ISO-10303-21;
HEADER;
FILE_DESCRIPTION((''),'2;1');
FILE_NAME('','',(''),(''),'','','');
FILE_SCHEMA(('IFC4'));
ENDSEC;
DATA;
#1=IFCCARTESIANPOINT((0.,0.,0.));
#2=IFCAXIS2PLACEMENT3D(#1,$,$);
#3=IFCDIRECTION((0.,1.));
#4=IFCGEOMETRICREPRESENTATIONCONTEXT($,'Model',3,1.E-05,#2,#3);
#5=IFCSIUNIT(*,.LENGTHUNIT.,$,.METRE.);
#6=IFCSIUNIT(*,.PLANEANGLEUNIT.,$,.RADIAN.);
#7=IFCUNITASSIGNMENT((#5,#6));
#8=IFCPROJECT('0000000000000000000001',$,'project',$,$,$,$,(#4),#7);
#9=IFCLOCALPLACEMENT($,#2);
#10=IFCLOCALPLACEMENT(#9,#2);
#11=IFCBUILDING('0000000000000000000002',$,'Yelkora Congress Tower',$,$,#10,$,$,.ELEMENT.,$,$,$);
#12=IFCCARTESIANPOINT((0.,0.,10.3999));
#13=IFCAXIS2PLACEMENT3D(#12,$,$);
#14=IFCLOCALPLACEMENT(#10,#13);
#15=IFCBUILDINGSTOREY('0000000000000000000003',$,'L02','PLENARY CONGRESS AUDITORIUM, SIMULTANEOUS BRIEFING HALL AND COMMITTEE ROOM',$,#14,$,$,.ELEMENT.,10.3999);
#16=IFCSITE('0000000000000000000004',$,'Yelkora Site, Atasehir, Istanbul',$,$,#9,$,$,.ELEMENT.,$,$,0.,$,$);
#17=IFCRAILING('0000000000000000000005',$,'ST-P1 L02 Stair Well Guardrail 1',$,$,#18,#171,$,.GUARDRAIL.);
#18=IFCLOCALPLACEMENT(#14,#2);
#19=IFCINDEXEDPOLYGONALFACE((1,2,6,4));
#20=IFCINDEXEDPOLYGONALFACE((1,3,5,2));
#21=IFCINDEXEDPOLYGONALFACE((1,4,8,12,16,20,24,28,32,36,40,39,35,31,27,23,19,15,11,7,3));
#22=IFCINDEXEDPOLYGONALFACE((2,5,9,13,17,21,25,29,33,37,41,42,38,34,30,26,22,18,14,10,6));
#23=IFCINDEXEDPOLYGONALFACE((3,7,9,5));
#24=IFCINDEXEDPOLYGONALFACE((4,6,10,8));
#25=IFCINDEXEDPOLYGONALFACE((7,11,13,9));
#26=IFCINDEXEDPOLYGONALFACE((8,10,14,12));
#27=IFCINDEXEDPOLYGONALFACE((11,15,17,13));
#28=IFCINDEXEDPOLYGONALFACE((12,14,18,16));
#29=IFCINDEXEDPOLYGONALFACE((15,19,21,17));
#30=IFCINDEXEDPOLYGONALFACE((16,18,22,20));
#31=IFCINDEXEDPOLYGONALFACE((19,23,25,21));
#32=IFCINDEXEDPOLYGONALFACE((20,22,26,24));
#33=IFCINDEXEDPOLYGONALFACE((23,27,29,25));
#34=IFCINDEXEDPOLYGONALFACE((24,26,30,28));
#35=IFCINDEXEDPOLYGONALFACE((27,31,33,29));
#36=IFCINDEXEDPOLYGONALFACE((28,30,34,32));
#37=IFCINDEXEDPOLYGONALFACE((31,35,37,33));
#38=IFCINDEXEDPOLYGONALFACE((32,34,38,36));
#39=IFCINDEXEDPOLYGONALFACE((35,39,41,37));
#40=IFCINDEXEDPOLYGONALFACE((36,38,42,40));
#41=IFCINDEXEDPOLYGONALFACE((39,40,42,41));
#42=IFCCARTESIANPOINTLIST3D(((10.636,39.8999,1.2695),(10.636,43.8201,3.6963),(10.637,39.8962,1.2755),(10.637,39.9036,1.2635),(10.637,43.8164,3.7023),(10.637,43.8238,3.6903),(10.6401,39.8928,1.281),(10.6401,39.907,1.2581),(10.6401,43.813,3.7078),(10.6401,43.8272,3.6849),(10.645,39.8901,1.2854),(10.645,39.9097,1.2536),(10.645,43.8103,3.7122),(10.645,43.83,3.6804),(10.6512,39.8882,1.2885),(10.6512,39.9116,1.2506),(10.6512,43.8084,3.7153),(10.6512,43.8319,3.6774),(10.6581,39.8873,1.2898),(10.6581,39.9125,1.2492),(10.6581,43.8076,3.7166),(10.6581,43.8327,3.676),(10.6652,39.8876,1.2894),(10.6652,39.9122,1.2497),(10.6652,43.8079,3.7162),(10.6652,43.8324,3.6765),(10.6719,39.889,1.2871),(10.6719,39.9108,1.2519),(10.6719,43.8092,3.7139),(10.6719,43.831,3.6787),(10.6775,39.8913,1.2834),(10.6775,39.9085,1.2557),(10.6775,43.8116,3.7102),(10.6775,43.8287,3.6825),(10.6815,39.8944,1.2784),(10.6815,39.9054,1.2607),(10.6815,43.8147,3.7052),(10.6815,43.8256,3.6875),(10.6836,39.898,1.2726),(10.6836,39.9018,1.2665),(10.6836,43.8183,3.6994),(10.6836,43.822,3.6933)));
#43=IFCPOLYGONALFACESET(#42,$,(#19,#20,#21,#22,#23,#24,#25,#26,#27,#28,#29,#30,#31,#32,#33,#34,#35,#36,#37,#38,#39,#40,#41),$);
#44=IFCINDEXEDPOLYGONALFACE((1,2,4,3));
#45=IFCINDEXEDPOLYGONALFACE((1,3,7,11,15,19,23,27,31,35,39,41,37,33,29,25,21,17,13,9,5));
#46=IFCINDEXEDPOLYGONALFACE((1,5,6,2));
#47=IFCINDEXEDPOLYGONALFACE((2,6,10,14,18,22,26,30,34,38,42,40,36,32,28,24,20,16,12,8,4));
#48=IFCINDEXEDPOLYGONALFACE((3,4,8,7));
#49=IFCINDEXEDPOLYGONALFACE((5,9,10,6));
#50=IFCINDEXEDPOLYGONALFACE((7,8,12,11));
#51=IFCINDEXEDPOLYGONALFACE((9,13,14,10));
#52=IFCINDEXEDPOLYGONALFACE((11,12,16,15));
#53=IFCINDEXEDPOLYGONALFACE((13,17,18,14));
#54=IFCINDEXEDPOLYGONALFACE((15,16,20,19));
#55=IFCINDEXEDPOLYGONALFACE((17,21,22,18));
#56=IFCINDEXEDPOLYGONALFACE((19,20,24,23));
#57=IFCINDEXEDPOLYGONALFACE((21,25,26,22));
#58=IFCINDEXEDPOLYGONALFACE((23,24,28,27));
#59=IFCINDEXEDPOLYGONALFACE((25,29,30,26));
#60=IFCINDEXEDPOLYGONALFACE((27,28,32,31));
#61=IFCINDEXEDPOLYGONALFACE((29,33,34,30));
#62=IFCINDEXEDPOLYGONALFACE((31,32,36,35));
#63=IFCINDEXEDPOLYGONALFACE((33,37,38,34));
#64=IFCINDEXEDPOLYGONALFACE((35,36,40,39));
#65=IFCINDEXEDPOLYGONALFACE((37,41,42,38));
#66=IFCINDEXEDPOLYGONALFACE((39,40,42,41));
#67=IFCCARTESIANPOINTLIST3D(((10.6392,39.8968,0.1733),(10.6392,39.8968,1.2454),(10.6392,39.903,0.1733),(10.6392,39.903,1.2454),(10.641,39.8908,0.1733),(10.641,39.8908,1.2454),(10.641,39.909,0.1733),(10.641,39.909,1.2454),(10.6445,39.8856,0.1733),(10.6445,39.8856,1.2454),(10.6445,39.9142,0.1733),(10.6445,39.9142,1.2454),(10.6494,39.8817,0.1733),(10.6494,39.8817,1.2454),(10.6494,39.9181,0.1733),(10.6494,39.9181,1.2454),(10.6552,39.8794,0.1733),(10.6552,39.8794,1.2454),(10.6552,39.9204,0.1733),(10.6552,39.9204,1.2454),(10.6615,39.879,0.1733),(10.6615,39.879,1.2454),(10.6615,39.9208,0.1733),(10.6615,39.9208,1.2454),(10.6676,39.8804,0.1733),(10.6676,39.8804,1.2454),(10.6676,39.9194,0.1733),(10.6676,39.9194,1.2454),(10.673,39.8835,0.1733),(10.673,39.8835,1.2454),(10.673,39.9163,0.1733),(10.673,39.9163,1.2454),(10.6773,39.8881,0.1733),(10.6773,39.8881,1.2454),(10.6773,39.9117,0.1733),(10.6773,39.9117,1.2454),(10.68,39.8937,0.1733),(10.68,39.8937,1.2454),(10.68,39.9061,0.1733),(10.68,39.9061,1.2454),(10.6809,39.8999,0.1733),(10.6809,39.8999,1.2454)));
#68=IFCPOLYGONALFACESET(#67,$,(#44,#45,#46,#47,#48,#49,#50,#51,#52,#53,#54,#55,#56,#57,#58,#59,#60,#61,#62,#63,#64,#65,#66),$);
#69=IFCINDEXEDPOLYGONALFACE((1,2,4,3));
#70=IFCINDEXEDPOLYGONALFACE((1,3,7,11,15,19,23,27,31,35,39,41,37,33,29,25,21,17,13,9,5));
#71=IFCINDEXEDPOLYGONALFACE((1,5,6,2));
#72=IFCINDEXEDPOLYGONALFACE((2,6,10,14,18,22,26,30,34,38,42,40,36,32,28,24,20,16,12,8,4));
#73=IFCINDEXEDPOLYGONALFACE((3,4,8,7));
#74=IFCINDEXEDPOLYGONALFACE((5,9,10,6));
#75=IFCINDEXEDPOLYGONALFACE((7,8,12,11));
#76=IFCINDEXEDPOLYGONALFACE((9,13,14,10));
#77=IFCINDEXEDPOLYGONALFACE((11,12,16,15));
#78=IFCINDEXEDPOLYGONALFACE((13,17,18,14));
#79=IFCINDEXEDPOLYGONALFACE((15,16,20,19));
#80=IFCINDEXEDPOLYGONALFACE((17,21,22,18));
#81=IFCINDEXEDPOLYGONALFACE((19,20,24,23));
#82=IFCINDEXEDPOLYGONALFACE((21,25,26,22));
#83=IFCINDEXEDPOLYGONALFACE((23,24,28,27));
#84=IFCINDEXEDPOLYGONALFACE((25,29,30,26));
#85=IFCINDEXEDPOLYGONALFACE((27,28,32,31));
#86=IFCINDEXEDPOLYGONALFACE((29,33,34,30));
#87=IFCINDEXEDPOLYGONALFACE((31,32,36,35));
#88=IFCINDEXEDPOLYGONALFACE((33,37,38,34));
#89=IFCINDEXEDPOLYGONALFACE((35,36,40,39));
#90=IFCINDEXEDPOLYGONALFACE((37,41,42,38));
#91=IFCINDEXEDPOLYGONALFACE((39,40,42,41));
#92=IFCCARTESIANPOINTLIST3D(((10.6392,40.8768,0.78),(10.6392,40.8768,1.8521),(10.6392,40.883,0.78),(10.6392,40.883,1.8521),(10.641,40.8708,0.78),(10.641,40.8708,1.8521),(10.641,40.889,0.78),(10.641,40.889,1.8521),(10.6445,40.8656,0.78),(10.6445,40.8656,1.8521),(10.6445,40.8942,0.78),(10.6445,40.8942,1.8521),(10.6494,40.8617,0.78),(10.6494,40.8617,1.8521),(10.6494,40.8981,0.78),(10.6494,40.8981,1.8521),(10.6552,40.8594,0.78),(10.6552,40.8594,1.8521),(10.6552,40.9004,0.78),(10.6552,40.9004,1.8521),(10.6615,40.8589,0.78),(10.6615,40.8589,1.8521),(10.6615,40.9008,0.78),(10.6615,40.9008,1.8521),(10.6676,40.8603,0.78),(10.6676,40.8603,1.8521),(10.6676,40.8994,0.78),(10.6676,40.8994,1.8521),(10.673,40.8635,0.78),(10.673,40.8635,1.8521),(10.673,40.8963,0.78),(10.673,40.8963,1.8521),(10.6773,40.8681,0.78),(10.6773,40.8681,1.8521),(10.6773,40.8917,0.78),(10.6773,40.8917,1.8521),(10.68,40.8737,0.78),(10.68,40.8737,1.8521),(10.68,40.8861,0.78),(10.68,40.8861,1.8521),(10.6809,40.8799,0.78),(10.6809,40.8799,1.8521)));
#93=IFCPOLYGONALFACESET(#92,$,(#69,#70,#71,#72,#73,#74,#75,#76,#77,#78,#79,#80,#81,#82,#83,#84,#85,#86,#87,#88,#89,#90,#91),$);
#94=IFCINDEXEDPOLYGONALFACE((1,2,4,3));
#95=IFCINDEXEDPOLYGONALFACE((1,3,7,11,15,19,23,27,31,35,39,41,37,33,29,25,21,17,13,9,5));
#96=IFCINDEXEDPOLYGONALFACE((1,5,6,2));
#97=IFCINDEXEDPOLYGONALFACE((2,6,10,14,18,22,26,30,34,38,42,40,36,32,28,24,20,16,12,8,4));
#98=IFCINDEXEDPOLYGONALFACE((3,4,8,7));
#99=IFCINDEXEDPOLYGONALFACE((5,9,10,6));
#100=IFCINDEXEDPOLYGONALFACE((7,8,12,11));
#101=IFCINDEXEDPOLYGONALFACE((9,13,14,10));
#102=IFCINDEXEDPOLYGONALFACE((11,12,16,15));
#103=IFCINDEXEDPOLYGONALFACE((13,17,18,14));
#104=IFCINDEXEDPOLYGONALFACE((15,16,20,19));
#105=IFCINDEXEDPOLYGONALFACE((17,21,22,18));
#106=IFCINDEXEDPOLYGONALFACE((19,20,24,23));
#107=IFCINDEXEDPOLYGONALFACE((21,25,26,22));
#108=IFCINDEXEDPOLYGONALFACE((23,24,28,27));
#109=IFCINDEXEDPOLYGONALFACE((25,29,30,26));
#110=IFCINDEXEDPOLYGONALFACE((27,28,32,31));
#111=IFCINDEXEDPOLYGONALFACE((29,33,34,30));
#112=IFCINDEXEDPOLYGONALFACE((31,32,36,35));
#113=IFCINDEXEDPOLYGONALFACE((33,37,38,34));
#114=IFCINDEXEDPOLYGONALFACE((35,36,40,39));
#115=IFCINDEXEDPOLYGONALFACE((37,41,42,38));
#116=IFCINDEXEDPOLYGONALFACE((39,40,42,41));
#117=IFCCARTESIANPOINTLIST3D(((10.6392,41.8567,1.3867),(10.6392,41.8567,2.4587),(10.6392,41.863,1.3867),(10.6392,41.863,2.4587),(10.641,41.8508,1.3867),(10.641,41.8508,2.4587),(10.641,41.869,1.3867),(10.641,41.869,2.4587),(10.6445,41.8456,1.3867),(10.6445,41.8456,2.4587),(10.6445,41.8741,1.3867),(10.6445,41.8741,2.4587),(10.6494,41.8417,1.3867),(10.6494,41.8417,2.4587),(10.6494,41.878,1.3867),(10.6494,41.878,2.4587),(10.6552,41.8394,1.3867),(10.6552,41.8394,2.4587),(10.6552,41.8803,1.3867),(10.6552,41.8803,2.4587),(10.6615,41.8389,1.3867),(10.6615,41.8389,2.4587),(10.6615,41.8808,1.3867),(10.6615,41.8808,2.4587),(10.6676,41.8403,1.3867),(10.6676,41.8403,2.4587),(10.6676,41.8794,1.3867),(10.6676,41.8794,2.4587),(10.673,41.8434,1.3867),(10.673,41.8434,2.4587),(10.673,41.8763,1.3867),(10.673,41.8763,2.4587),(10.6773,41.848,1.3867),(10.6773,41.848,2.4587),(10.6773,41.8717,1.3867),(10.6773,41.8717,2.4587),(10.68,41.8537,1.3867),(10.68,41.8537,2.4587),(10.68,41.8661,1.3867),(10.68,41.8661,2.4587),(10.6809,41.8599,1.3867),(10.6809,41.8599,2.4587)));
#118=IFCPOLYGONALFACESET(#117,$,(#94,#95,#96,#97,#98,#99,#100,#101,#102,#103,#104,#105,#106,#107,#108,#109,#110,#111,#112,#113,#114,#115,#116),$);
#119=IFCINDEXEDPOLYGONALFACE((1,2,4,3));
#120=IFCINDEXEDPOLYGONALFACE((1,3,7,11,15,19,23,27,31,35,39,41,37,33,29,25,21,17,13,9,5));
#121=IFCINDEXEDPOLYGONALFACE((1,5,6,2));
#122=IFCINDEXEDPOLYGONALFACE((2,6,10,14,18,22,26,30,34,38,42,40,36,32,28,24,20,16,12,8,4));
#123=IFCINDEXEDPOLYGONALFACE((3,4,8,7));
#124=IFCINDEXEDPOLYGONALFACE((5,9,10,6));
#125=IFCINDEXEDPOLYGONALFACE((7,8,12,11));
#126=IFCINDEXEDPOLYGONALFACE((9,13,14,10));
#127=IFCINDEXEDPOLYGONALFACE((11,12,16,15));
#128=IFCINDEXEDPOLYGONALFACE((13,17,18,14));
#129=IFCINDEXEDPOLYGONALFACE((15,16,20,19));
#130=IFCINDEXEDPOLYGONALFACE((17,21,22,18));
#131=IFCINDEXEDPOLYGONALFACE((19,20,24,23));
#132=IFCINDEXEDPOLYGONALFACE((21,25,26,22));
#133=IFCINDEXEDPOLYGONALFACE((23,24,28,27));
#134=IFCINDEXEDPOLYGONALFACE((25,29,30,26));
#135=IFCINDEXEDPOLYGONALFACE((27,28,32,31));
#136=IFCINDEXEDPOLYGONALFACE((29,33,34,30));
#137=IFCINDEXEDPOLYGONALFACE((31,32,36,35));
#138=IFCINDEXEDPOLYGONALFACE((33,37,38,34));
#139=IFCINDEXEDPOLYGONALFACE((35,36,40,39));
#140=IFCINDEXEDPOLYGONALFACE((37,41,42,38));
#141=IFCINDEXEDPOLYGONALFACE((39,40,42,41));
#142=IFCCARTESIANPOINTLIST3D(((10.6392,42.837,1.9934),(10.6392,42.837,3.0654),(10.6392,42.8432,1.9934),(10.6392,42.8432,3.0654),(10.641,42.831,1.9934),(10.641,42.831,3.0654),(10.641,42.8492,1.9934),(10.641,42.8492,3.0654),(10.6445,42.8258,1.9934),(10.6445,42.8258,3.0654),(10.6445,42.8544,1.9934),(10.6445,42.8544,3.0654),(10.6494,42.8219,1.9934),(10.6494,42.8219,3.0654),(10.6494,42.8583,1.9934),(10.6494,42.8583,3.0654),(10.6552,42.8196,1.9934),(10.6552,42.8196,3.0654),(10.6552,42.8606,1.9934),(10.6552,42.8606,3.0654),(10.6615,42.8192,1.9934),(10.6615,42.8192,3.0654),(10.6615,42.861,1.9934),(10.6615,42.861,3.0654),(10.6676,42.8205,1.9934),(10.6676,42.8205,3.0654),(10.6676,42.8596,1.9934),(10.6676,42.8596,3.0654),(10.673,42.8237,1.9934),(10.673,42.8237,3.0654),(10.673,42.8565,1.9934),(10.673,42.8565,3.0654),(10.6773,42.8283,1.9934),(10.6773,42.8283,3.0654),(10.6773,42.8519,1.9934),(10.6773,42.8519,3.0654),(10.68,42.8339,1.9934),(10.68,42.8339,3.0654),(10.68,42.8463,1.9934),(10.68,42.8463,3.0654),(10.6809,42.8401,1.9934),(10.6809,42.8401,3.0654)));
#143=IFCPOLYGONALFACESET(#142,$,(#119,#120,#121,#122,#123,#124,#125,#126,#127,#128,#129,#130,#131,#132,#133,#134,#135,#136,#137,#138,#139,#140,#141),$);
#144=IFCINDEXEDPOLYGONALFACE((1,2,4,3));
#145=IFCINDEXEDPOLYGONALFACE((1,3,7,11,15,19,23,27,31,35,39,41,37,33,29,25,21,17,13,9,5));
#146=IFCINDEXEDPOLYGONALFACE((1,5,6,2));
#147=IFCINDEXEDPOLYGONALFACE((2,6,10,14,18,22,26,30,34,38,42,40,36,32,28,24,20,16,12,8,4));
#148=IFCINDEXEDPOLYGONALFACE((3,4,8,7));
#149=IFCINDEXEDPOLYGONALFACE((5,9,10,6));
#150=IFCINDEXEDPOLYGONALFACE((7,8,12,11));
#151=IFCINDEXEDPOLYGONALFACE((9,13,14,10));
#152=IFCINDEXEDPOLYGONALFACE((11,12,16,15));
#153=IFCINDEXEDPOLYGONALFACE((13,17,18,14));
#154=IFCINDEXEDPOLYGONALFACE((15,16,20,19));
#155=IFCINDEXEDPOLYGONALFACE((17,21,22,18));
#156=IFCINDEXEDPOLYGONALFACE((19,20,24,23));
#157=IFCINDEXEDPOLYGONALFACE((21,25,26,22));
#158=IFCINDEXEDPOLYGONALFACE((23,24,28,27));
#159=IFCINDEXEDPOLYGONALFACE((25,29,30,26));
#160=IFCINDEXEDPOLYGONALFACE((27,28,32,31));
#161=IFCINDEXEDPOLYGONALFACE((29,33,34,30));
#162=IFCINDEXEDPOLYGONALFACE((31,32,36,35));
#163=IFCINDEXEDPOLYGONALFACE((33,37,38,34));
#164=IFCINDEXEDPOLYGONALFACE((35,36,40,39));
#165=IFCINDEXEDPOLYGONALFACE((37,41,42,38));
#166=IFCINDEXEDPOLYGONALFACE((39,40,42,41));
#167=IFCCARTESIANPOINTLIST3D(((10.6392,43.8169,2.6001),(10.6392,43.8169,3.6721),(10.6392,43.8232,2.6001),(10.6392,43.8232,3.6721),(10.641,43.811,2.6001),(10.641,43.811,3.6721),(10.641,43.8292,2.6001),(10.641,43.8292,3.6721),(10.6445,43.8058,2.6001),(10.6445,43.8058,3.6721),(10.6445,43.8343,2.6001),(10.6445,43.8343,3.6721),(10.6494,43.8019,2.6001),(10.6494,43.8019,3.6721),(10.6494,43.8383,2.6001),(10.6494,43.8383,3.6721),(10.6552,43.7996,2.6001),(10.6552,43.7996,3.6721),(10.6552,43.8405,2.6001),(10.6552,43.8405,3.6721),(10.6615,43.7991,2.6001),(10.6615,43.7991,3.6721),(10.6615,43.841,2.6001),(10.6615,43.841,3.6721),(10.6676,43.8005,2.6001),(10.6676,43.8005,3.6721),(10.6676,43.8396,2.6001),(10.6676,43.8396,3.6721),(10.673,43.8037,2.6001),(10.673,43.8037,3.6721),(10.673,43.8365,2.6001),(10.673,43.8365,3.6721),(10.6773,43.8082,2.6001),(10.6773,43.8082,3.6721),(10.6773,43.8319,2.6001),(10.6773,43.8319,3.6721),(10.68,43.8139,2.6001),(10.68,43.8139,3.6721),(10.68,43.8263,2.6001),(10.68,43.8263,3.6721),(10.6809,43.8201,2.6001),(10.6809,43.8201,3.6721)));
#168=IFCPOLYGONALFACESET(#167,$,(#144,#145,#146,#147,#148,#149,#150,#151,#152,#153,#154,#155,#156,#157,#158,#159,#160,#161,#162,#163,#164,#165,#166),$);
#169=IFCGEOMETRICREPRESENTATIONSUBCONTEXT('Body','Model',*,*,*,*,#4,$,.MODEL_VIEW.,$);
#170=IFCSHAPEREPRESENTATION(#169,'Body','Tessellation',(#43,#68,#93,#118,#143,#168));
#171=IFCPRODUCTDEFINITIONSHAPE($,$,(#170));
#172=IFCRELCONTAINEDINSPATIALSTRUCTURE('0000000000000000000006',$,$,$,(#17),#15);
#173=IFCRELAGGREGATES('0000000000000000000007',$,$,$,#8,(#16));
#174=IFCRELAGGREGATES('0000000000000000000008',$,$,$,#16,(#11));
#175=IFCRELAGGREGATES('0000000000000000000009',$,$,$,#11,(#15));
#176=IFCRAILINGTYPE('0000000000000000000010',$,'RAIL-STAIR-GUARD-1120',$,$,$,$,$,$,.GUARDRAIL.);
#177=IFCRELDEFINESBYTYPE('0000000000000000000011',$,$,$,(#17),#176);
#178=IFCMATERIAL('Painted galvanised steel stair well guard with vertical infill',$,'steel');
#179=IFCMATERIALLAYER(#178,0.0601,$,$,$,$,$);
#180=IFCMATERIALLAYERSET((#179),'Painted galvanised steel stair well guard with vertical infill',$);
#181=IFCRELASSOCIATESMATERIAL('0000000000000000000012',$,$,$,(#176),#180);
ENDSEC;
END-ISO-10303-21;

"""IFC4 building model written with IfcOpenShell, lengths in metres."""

from ifc_helpers import new_model, si_unit, direction, frame, origin, origin_2d, place, context, subcontext, project, spatial, circle, extrude, material, layer, layer_set, type_object, element, save


model = new_model("IFC4")

# Units and contexts
model_context = context("Model", 3, precision=1e-05, world=origin(), true_north=direction((0.0, 1.0)))
body_context = subcontext(model_context, "Body", "Model", "MODEL_VIEW")
ifc_project = project(units=[si_unit("LENGTHUNIT", "METRE"), si_unit("PLANEANGLEUNIT", "RADIAN")], contexts=[model_context])

# Site, building, storey
site_placement = place(None, origin())
site = spatial("IfcSite", under=ifc_project, at=site_placement, Name="Yelkora Site, Atasehir, Istanbul", CompositionType="ELEMENT", RefElevation=0.0)
building_placement = place(site_placement, origin())
building = spatial("IfcBuilding", under=site, at=building_placement, Name="Yelkora Congress Tower", CompositionType="ELEMENT")
storey_placement = place(building_placement, frame((0.0, 0.0, 10.3999)))
storey = spatial("IfcBuildingStorey", under=building, at=storey_placement, Name="L02", Description="PLENARY CONGRESS AUDITORIUM, SIMULTANEOUS BRIEFING HALL AND COMMITTEE ROOM", CompositionType="ELEMENT", Elevation=10.3999)

# Railing
ifc_material_1 = material(Name="Painted galvanised steel stair well guard with vertical infill", Category="steel")
ifc_layer_1 = layer(ifc_material_1, 0.0601)
ifc_layer_set_1 = layer_set([ifc_layer_1], Name="Painted galvanised steel stair well guard with vertical infill")
railing_type_1 = type_object("IfcRailingType", Name="RAIL-STAIR-GUARD-1120", PredefinedType="GUARDRAIL", material=ifc_layer_set_1)
railing_1_placement = place(storey_placement, frame((10.6599, 39.8999, 0.1733)))
element("IfcRailing", 1, at=railing_1_placement, inside=storey, type_object=railing_type_1, Name="ST-P1 L02 Stair Well Guardrail 1", PredefinedType="GUARDRAIL", context=body_context, shape_type="SweptSolid", body=[
    extrude(circle(Radius=0.0239, at=origin_2d()), frame((0.0, 0.0, 1.0962), z_axis=(0.0, 0.850266, 0.526353), x_axis=(-1.0, 0.0, 0.0)), (0.0, 0.0, 1.0), 4.6106),
    extrude(circle(Radius=0.021, at=origin_2d()), origin(), (0.0, 0.0, 1.0), 1.072),
    extrude(circle(Radius=0.021, at=origin_2d()), frame((0.0, 0.98, 0.6067)), (0.0, 0.0, 1.0), 1.072),
    extrude(circle(Radius=0.021, at=origin_2d()), frame((0.0, 1.96, 1.2134)), (0.0, 0.0, 1.0), 1.072),
    extrude(circle(Radius=0.021, at=origin_2d()), frame((0.0, 2.9402, 1.8201)), (0.0, 0.0, 1.0), 1.072),
    extrude(circle(Radius=0.021, at=origin_2d()), frame((0.0, 3.9202, 2.4268)), (0.0, 0.0, 1.0), 1.072),
])

save(model, "model.ifc")
